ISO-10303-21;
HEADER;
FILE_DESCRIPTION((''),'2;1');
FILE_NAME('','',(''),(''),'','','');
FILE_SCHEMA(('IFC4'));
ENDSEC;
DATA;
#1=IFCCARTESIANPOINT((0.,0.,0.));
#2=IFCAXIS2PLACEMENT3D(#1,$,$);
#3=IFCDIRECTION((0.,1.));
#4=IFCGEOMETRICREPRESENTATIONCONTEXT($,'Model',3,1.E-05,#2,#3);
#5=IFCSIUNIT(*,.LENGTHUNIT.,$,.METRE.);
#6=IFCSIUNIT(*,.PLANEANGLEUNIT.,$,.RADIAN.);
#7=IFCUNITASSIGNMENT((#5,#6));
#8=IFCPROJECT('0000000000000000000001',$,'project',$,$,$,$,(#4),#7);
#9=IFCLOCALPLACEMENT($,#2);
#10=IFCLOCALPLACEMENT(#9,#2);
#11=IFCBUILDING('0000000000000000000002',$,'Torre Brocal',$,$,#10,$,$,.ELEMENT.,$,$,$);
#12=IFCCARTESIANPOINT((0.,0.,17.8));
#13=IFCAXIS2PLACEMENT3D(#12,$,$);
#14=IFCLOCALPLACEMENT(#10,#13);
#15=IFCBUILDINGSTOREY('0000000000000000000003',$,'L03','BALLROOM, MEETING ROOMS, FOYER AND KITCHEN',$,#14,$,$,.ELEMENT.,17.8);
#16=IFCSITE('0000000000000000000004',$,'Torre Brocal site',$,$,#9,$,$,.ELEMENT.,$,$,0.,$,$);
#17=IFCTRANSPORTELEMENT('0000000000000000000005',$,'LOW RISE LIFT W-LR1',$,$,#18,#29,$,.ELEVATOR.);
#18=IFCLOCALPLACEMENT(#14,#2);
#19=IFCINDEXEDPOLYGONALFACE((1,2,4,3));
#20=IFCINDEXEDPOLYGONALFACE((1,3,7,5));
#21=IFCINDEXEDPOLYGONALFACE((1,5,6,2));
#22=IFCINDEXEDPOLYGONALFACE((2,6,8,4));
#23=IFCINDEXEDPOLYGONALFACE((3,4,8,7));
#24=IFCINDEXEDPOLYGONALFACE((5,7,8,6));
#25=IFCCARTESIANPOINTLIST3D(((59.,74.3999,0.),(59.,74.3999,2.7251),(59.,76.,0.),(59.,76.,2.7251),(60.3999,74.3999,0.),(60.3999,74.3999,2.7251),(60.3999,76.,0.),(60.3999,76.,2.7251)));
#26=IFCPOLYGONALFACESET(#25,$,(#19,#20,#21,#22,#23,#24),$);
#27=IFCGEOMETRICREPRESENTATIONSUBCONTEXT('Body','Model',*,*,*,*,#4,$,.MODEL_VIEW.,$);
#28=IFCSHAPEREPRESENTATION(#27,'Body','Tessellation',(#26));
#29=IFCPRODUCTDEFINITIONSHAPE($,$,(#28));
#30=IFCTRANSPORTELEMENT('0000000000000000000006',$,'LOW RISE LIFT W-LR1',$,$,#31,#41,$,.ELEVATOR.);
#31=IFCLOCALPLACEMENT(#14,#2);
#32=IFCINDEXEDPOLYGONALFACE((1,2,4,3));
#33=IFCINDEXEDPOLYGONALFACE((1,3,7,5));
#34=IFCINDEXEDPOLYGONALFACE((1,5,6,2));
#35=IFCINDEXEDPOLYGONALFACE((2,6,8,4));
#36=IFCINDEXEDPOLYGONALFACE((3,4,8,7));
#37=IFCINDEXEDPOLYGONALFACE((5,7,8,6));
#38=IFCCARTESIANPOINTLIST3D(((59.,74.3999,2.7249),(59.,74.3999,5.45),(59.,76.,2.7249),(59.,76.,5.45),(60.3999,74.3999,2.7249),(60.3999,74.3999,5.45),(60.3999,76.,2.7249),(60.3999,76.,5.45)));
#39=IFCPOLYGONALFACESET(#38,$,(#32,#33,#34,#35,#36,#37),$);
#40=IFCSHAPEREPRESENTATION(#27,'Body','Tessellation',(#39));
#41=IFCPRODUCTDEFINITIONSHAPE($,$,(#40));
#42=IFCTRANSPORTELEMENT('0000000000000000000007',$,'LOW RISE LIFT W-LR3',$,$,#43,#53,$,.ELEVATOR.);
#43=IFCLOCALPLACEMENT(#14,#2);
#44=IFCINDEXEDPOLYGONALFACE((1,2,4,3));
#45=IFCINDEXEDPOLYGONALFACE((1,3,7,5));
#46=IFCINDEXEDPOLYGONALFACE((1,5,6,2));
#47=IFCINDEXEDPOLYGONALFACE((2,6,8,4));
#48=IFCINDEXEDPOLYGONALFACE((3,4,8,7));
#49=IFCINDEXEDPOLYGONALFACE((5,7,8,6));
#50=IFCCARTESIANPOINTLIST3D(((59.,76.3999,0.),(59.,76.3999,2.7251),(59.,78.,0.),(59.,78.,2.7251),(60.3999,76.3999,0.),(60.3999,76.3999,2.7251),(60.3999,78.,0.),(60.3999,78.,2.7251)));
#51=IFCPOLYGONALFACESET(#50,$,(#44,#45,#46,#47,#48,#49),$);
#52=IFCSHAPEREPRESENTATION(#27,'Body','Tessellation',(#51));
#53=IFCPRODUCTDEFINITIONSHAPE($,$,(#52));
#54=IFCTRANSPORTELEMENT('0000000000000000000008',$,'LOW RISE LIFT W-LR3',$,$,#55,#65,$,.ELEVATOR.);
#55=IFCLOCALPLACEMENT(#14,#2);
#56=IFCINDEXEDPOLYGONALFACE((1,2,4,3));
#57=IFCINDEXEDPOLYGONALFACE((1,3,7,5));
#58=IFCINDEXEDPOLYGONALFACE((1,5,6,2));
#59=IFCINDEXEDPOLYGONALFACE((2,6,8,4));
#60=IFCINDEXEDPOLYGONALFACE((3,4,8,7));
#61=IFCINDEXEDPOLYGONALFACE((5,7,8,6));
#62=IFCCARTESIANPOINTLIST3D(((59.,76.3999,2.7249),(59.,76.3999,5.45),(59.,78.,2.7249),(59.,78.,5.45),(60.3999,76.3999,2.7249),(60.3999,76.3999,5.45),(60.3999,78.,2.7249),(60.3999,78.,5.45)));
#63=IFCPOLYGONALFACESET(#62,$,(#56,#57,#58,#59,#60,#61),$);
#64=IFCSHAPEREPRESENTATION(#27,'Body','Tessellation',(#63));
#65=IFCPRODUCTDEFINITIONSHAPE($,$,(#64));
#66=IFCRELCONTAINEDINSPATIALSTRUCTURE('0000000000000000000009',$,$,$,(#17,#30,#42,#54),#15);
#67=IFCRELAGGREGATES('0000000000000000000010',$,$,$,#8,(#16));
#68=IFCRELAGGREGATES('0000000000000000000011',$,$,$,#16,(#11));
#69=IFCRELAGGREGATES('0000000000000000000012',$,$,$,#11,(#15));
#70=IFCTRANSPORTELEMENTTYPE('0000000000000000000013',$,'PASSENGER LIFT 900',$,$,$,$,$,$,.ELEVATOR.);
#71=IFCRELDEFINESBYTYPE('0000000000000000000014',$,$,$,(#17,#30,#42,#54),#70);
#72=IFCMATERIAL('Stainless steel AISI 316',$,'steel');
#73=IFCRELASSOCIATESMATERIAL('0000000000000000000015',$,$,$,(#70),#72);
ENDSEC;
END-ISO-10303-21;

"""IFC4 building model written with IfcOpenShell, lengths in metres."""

from ifc_helpers import new_model, si_unit, direction, frame, origin, origin_2d, place, context, subcontext, project, spatial, rectangle, extrude, material, type_object, element, save


model = new_model("IFC4")

# Units and contexts
model_context = context("Model", 3, precision=1e-05, world=origin(), true_north=direction((0.0, 1.0)))
body_context = subcontext(model_context, "Body", "Model", "MODEL_VIEW")
ifc_project = project(units=[si_unit("LENGTHUNIT", "METRE"), si_unit("PLANEANGLEUNIT", "RADIAN")], contexts=[model_context])

# Site, building, storey
site_placement = place(None, origin())
site = spatial("IfcSite", under=ifc_project, at=site_placement, Name="Torre Brocal site", CompositionType="ELEMENT", RefElevation=0.0)
building_placement = place(site_placement, origin())
building = spatial("IfcBuilding", under=site, at=building_placement, Name="Torre Brocal", CompositionType="ELEMENT")
storey_placement = place(building_placement, frame((0.0, 0.0, 17.8)))
storey = spatial("IfcBuildingStorey", under=building, at=storey_placement, Name="L03", Description="BALLROOM, MEETING ROOMS, FOYER AND KITCHEN", CompositionType="ELEMENT", Elevation=17.8)

# Transport elements
ifc_material_1 = material(Name="Stainless steel AISI 316", Category="steel")
transport_element_type_1 = type_object("IfcTransportElementType", Name="PASSENGER LIFT 900", PredefinedType="ELEVATOR", material=ifc_material_1)
for number, where, z_axis, x_axis, name in (
    (1, (59.7, 75.2, 0.0), (0.0, 0.0, 1.0), (1.0, 0.0, 0.0), "LOW RISE LIFT W-LR1"),
    (2, (59.7, 75.2, 2.7249), (0.0, 0.0, 1.0), (1.0, 0.0, 0.0), "LOW RISE LIFT W-LR1"),
    (3, (59.7, 77.2, 0.0), (0.0, 0.0, 1.0), (1.0, 0.0, 0.0), "LOW RISE LIFT W-LR3"),
    (4, (59.7, 77.2, 2.7249), (0.0, 0.0, 1.0), (1.0, 0.0, 0.0), "LOW RISE LIFT W-LR3"),
):
    element("IfcTransportElement", number, at=place(storey_placement, frame(where, z_axis=z_axis, x_axis=x_axis)), inside=storey, type_object=transport_element_type_1, Name=name, PredefinedType="ELEVATOR", context=body_context, shape_type="SweptSolid", body=[
        extrude(rectangle(XDim=1.3999, YDim=1.6001, at=origin_2d()), origin(), (0.0, 0.0, 1.0), 2.7251),
    ])

save(model, "model.ifc")
